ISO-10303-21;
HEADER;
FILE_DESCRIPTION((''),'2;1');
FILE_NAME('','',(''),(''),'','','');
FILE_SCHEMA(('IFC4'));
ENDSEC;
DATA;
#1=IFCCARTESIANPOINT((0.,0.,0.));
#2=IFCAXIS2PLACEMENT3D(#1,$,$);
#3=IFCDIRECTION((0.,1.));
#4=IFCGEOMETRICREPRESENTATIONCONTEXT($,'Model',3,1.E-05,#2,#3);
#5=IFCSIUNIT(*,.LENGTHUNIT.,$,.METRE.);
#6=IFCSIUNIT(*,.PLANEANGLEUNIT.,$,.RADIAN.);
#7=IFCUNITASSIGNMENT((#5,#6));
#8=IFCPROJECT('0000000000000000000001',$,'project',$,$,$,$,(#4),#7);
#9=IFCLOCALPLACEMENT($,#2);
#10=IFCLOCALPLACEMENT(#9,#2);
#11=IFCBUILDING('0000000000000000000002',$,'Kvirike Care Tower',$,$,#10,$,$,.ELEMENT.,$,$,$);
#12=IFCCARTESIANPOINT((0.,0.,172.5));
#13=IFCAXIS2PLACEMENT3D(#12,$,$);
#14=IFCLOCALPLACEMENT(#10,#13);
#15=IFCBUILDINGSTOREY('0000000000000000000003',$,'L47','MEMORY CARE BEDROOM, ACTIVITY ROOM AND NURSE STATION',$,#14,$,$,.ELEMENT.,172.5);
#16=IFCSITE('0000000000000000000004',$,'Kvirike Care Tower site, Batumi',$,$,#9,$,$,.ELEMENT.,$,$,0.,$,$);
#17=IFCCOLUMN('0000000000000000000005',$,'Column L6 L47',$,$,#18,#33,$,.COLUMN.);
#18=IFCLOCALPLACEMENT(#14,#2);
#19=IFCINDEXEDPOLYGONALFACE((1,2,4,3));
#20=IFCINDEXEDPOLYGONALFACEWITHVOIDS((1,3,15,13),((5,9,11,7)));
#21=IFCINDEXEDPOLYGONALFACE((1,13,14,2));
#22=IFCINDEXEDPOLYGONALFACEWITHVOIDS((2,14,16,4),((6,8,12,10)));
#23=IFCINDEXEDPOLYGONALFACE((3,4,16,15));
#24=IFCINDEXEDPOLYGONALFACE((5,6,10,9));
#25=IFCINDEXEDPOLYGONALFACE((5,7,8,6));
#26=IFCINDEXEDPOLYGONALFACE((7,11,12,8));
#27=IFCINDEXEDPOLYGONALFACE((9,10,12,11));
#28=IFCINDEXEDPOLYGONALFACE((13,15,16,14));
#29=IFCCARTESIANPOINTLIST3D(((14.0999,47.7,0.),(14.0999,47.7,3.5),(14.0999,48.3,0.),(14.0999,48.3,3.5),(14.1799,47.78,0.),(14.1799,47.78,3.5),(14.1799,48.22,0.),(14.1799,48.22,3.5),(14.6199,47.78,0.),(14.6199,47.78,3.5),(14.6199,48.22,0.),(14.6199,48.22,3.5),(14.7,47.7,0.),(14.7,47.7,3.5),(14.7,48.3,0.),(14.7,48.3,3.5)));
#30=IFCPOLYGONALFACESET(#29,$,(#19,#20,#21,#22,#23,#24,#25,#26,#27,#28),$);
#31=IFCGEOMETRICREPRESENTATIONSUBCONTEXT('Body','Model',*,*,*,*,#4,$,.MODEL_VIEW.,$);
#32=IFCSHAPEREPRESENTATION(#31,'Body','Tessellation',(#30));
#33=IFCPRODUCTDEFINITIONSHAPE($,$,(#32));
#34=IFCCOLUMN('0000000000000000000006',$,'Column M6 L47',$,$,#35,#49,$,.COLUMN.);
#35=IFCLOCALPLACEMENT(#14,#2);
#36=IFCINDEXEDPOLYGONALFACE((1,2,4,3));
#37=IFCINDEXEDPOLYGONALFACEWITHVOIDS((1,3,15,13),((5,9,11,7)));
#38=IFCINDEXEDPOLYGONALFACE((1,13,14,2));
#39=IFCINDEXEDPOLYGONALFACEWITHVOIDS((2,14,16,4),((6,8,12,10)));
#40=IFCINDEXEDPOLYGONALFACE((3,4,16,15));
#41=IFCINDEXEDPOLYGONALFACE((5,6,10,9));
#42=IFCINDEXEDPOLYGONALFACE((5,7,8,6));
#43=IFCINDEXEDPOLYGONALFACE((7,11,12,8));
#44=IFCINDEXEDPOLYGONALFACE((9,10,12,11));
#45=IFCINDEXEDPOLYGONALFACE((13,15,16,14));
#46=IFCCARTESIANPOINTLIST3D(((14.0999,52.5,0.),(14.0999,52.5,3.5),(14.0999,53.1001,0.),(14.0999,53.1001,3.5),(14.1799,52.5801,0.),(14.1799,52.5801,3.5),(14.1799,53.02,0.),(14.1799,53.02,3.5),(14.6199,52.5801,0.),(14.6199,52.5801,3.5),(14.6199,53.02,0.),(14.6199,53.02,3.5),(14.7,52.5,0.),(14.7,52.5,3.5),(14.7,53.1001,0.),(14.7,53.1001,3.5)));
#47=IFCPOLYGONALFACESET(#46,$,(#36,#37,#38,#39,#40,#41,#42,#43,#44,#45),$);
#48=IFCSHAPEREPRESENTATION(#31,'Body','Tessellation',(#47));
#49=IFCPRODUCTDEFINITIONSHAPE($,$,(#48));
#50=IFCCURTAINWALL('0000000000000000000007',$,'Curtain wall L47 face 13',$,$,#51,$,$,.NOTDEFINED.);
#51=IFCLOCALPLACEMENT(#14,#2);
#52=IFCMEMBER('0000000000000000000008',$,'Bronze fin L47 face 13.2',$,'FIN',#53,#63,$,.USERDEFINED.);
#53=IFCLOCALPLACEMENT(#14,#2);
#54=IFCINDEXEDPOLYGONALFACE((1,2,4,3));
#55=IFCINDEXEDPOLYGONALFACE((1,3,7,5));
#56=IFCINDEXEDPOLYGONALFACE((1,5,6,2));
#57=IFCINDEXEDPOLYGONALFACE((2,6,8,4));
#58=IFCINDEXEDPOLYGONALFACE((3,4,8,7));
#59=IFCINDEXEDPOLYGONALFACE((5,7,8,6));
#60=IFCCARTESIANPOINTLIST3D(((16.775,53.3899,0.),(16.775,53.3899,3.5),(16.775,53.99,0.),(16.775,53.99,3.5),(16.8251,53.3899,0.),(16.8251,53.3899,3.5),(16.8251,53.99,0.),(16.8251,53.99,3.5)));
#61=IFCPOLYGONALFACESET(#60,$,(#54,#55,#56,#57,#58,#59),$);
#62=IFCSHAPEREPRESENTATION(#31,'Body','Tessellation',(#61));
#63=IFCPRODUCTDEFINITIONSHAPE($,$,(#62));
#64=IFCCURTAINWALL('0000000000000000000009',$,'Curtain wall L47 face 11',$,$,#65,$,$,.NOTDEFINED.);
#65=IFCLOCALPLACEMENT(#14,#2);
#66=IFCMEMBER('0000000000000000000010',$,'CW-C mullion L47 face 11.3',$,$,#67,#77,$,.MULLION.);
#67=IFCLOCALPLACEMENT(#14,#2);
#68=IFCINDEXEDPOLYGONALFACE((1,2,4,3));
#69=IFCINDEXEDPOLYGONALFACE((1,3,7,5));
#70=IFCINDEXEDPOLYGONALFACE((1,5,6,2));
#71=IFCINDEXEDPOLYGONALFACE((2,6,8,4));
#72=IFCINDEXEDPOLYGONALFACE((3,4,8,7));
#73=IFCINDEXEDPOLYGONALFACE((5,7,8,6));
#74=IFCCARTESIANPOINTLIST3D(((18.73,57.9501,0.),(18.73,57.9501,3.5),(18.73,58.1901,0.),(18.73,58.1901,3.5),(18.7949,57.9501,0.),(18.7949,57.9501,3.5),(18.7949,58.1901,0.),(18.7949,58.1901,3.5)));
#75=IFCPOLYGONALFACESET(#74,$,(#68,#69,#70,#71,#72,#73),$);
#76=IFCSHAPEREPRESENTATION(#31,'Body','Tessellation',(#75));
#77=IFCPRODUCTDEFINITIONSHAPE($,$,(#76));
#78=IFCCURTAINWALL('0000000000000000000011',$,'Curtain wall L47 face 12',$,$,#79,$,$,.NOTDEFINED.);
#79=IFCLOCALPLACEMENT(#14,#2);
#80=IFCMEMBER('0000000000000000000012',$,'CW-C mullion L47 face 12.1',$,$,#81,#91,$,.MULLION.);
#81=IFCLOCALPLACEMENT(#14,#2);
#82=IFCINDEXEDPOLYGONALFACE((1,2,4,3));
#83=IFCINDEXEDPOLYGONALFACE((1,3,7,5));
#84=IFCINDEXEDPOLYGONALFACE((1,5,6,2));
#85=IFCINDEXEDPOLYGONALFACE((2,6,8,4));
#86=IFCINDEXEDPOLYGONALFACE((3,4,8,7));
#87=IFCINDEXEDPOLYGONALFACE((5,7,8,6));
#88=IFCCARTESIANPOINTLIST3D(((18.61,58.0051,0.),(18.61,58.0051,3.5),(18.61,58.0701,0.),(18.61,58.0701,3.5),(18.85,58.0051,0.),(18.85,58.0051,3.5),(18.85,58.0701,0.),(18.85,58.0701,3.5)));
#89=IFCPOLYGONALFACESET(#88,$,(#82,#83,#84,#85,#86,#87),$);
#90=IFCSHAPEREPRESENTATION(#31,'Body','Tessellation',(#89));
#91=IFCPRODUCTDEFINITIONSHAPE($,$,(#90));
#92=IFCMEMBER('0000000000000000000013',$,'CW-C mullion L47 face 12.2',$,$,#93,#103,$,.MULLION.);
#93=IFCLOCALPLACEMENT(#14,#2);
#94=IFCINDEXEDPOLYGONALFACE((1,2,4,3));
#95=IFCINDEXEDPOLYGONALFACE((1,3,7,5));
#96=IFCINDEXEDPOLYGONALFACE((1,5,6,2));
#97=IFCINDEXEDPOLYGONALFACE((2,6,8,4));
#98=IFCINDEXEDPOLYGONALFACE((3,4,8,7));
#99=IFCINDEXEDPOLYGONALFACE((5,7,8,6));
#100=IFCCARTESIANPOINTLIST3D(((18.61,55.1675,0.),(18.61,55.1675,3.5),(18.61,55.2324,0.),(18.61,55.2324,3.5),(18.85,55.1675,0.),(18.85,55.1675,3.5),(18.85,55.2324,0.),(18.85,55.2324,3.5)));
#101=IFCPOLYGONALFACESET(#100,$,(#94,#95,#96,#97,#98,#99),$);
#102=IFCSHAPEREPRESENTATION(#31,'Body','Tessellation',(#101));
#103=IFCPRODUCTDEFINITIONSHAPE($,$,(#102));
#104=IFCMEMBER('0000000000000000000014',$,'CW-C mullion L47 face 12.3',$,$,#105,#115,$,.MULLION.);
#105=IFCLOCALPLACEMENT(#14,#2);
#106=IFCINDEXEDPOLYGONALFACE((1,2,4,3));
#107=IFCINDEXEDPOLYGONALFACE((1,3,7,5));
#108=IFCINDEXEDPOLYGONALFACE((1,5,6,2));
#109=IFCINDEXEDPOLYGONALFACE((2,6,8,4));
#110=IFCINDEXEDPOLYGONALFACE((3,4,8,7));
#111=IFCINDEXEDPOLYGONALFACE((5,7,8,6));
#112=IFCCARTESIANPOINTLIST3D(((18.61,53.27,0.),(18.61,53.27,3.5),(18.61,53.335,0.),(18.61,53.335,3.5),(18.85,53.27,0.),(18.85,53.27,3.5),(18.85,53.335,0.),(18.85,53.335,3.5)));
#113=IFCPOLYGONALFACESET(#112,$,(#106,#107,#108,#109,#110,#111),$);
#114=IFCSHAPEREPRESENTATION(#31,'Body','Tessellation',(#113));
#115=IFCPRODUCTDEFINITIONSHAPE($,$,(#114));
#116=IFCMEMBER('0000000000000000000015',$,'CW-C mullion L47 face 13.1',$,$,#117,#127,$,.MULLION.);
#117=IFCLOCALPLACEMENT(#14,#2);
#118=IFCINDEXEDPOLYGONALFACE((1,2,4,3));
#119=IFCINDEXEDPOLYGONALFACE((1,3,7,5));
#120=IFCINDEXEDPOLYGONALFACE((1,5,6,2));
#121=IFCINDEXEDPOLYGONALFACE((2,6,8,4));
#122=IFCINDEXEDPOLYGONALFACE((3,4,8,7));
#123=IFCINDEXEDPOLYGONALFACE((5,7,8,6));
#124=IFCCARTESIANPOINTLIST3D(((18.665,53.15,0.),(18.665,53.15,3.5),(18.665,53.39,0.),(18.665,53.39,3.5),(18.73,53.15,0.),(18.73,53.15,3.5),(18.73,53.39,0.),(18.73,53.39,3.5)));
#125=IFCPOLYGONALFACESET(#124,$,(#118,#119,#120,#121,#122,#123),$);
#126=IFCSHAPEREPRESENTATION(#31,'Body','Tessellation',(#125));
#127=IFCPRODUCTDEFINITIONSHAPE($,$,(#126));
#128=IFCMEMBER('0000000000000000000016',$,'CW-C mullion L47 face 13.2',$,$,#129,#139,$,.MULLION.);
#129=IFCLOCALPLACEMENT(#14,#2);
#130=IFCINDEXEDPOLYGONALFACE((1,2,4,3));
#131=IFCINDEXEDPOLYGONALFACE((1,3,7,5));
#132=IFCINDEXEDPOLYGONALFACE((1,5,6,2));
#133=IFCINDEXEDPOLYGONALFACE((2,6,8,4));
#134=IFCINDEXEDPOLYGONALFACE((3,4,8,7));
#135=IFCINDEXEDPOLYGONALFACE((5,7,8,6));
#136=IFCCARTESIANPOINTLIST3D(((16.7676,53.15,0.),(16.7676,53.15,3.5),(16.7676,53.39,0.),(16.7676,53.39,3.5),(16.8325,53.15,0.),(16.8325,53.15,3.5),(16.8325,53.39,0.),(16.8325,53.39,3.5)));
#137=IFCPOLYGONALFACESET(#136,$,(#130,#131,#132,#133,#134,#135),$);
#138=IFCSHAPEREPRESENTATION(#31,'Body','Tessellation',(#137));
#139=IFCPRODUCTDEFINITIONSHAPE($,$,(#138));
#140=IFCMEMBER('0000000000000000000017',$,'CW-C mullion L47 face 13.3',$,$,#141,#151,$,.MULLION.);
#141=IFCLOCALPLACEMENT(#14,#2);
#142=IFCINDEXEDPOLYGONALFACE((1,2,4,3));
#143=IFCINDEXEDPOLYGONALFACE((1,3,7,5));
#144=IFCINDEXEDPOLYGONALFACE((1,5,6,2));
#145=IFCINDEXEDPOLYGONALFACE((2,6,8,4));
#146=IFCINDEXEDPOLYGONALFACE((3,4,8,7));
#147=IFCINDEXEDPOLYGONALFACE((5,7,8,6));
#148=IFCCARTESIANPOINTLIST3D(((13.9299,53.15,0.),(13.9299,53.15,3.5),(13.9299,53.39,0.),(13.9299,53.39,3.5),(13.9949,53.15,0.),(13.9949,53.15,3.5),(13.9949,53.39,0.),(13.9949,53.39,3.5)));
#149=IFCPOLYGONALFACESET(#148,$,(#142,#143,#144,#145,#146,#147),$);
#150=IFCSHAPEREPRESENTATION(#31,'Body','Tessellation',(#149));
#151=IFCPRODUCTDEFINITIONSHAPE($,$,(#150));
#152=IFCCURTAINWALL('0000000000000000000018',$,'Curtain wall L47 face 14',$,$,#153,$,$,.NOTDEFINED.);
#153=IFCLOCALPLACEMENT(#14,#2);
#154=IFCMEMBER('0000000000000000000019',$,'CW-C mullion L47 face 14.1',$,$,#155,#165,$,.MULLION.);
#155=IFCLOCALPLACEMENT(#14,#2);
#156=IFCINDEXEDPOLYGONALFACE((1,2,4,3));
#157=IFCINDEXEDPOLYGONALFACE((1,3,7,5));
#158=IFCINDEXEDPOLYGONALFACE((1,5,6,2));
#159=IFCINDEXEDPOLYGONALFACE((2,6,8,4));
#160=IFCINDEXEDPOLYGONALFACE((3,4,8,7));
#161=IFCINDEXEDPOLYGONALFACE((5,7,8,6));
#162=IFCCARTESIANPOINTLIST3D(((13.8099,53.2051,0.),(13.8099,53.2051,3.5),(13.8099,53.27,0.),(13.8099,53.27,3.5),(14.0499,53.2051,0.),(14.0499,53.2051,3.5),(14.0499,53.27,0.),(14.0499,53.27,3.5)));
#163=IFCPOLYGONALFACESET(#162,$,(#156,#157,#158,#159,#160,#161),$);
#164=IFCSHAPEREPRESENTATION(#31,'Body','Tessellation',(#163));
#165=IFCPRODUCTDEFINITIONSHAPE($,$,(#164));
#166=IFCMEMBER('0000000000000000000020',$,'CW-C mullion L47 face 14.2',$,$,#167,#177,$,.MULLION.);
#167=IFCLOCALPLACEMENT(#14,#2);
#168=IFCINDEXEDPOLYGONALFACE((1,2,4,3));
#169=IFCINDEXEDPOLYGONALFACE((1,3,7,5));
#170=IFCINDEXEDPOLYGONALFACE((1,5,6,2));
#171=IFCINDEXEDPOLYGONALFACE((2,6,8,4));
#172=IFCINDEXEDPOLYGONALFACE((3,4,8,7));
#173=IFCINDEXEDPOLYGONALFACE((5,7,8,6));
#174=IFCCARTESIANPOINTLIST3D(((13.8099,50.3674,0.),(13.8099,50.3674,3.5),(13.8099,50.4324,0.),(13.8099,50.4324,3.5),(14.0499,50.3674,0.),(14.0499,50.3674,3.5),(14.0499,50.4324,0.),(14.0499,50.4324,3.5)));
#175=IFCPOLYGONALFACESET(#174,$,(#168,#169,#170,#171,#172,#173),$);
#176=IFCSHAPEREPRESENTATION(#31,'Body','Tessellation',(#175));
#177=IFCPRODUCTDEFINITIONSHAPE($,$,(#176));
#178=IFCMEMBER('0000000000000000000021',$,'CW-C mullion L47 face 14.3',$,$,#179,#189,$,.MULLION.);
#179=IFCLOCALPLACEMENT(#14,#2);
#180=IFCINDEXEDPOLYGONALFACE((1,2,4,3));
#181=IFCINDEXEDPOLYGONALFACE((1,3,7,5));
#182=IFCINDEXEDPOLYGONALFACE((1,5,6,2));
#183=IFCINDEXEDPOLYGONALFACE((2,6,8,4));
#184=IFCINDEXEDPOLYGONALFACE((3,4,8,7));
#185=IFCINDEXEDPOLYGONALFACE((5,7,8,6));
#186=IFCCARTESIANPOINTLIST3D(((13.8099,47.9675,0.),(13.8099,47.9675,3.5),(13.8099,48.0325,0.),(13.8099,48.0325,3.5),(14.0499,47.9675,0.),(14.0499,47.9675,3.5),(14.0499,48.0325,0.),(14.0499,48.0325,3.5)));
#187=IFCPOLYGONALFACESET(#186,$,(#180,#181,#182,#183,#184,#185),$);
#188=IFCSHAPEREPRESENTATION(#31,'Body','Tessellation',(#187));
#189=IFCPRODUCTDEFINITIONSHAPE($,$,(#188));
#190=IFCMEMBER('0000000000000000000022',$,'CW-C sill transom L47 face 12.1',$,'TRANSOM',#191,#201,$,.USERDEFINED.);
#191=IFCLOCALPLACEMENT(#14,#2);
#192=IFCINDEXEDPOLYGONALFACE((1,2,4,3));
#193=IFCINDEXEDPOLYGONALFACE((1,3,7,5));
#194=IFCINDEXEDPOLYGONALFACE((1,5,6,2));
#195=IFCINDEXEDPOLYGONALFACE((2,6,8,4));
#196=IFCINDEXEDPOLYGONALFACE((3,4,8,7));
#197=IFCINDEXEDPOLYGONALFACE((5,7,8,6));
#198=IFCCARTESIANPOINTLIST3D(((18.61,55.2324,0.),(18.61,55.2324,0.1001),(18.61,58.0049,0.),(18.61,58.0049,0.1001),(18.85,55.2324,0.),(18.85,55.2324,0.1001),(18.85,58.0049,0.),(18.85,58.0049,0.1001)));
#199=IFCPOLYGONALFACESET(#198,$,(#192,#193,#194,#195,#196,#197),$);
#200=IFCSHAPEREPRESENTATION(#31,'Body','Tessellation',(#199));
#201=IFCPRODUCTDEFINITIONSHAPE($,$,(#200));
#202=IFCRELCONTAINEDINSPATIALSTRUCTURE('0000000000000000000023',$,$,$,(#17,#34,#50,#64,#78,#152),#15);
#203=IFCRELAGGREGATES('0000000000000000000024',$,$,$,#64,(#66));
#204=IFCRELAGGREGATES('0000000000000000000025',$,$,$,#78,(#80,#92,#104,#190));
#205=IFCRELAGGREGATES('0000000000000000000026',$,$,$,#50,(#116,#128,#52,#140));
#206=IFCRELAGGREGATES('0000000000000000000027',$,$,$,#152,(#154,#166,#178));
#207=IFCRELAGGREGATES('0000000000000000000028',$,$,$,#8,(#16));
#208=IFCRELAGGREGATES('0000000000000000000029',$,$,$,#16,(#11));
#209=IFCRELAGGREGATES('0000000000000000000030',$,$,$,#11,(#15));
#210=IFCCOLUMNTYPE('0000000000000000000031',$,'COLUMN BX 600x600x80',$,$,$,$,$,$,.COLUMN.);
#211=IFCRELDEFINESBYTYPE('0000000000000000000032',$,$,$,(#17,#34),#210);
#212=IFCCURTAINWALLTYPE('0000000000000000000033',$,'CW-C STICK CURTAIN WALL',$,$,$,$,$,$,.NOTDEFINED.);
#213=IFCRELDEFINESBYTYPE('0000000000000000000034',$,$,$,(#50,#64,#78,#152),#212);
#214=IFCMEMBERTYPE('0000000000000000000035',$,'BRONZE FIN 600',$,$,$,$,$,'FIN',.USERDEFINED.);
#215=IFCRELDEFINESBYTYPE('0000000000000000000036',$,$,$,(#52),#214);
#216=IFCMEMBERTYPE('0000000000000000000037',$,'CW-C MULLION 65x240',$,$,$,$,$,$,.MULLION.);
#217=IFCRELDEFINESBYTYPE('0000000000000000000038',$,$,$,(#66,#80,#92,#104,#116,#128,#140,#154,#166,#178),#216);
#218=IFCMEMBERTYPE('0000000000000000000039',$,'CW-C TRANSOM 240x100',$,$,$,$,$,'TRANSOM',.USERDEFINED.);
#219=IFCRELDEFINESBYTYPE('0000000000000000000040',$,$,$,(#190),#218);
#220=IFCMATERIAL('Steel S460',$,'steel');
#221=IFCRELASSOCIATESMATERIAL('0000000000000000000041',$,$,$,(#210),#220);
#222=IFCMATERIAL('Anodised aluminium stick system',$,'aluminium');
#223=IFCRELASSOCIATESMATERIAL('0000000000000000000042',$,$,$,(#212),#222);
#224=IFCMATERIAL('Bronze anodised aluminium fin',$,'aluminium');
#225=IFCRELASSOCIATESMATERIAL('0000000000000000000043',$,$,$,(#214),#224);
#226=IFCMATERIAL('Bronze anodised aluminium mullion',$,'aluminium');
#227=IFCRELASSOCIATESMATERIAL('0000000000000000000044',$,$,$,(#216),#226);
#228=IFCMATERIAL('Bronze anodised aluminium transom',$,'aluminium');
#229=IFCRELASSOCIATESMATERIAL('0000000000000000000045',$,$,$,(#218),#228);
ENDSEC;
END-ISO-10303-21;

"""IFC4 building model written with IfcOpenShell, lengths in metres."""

from ifc_helpers import new_model, si_unit, direction, frame, origin, origin_2d, place, context, subcontext, project, spatial, rectangle, hollow_rectangle, extrude, material, material_profile, profile_set, type_object, element, aggregate, save


model = new_model("IFC4")

# Units and contexts
model_context = context("Model", 3, precision=1e-05, world=origin(), true_north=direction((0.0, 1.0)))
body_context = subcontext(model_context, "Body", "Model", "MODEL_VIEW")
ifc_project = project(units=[si_unit("LENGTHUNIT", "METRE"), si_unit("PLANEANGLEUNIT", "RADIAN")], contexts=[model_context])

# Site, building, storey
site_placement = place(None, origin())
site = spatial("IfcSite", under=ifc_project, at=site_placement, Name="Kvirike Care Tower site, Batumi", CompositionType="ELEMENT", RefElevation=0.0)
building_placement = place(site_placement, origin())
building = spatial("IfcBuilding", under=site, at=building_placement, Name="Kvirike Care Tower", CompositionType="ELEMENT")
storey_placement = place(building_placement, frame((0.0, 0.0, 172.5)))
storey = spatial("IfcBuildingStorey", under=building, at=storey_placement, Name="L47", Description="MEMORY CARE BEDROOM, ACTIVITY ROOM AND NURSE STATION", CompositionType="ELEMENT", Elevation=172.5)

# Columns
ifc_material_1 = material(Name="Steel S460", Category="steel")
ifc_material_profile_1 = material_profile(ifc_material_1, hollow_rectangle(XDim=0.6001, YDim=0.6001, WallThickness=0.0801, at=origin_2d()), Name="BX 600x600x80")
ifc_profile_set_1 = profile_set([ifc_material_profile_1], Name="Steel S460")
column_type = type_object("IfcColumnType", Name="COLUMN BX 600x600x80", PredefinedType="COLUMN", material=ifc_profile_set_1)
for number, where, z_axis, x_axis, name in (
    (1, (14.3999, 48.0, 0.0), (0.0, 0.0, 1.0), (1.0, 0.0, 0.0), "Column L6 L47"),
    (2, (14.3999, 52.8, 0.0), (0.0, 0.0, 1.0), (0.0, 1.0, 0.0), "Column M6 L47"),
):
    element("IfcColumn", number, at=place(storey_placement, frame(where, z_axis=z_axis, x_axis=x_axis)), inside=storey, type_object=column_type, Name=name, PredefinedType="COLUMN", context=body_context, shape_type="SweptSolid", body=[
        extrude(hollow_rectangle(XDim=0.6001, YDim=0.6001, WallThickness=0.0801, at=origin_2d()), origin(), (0.0, 0.0, 1.0), 3.5),
    ])

# Curtain walls, members
ifc_material_2 = material(Name="Anodised aluminium stick system", Category="aluminium")
curtain_wall_type = type_object("IfcCurtainWallType", Name="CW-C STICK CURTAIN WALL", PredefinedType="NOTDEFINED", material=ifc_material_2)
curtain_wall_1_placement = place(storey_placement, origin())
curtain_wall_1 = element("IfcCurtainWall", 3, at=curtain_wall_1_placement, inside=storey, type_object=curtain_wall_type, Name="Curtain wall L47 face 13", PredefinedType="NOTDEFINED")
ifc_material_3 = material(Name="Bronze anodised aluminium fin", Category="aluminium")
ifc_material_profile_2 = material_profile(ifc_material_3, rectangle(XDim=0.05, YDim=0.6001, at=origin_2d()), Name="BRONZE FIN 600")
ifc_profile_set_2 = profile_set([ifc_material_profile_2], Name="Bronze anodised aluminium fin")
member_type_1 = type_object("IfcMemberType", Name="BRONZE FIN 600", ElementType="FIN", PredefinedType="USERDEFINED", material=ifc_profile_set_2)
member_1_placement = place(storey_placement, frame((16.8, 53.6899, 0.0), z_axis=(0.0, 0.0, 1.0), x_axis=(-1.0, 0.0, 0.0)))
member_1 = element("IfcMember", 4, at=member_1_placement, type_object=member_type_1, Name="Bronze fin L47 face 13.2", ObjectType="FIN", PredefinedType="USERDEFINED", context=body_context, shape_type="SweptSolid", body=[
    extrude(rectangle(XDim=0.05, YDim=0.6001, at=origin_2d()), origin(), (0.0, 0.0, 1.0), 3.5),
])
curtain_wall_2_placement = place(storey_placement, origin())
curtain_wall_2 = element("IfcCurtainWall", 5, at=curtain_wall_2_placement, inside=storey, type_object=curtain_wall_type, Name="Curtain wall L47 face 11", PredefinedType="NOTDEFINED")
ifc_material_4 = material(Name="Bronze anodised aluminium mullion", Category="aluminium")
ifc_material_profile_3 = material_profile(ifc_material_4, rectangle(XDim=0.0649, YDim=0.24, at=origin_2d()), Name="CW-C MULLION 65x240")
ifc_profile_set_3 = profile_set([ifc_material_profile_3], Name="Bronze anodised aluminium mullion")
member_type_2 = type_object("IfcMemberType", Name="CW-C MULLION 65x240", PredefinedType="MULLION", material=ifc_profile_set_3)
member_2_placement = place(storey_placement, frame((18.7625, 58.0701, 0.0), z_axis=(0.0, 0.0, 1.0), x_axis=(-1.0, 0.0, 0.0)))
member_2 = element("IfcMember", 6, at=member_2_placement, type_object=member_type_2, Name="CW-C mullion L47 face 11.3", PredefinedType="MULLION", context=body_context, shape_type="SweptSolid", body=[
    extrude(rectangle(XDim=0.0649, YDim=0.24, at=origin_2d()), origin(), (0.0, 0.0, 1.0), 3.5),
])
aggregate(curtain_wall_2, [member_2])

# Curtain wall, members
curtain_wall_3_placement = place(storey_placement, origin())
curtain_wall_3 = element("IfcCurtainWall", 7, at=curtain_wall_3_placement, inside=storey, type_object=curtain_wall_type, Name="Curtain wall L47 face 12", PredefinedType="NOTDEFINED")
member_3_placement = place(storey_placement, frame((18.73, 58.0376, 0.0), z_axis=(0.0, 0.0, 1.0), x_axis=(0.0, -1.0, 0.0)))
member_3 = element("IfcMember", 8, at=member_3_placement, type_object=member_type_2, Name="CW-C mullion L47 face 12.1", PredefinedType="MULLION", context=body_context, shape_type="SweptSolid", body=[
    extrude(rectangle(XDim=0.0649, YDim=0.24, at=origin_2d()), origin(), (0.0, 0.0, 1.0), 3.5),
])
member_4_placement = place(storey_placement, frame((18.73, 55.2, 0.0), z_axis=(0.0, 0.0, 1.0), x_axis=(0.0, -1.0, 0.0)))
member_4 = element("IfcMember", 9, at=member_4_placement, type_object=member_type_2, Name="CW-C mullion L47 face 12.2", PredefinedType="MULLION", context=body_context, shape_type="SweptSolid", body=[
    extrude(rectangle(XDim=0.0649, YDim=0.24, at=origin_2d()), origin(), (0.0, 0.0, 1.0), 3.5),
])
member_5_placement = place(storey_placement, frame((18.73, 53.3025, 0.0), z_axis=(0.0, 0.0, 1.0), x_axis=(0.0, -1.0, 0.0)))
member_5 = element("IfcMember", 10, at=member_5_placement, type_object=member_type_2, Name="CW-C mullion L47 face 12.3", PredefinedType="MULLION", context=body_context, shape_type="SweptSolid", body=[
    extrude(rectangle(XDim=0.0649, YDim=0.24, at=origin_2d()), origin(), (0.0, 0.0, 1.0), 3.5),
])

# Members
member_6_placement = place(storey_placement, frame((18.6975, 53.27, 0.0), z_axis=(0.0, 0.0, 1.0), x_axis=(-1.0, 0.0, 0.0)))
member_6 = element("IfcMember", 11, at=member_6_placement, type_object=member_type_2, Name="CW-C mullion L47 face 13.1", PredefinedType="MULLION", context=body_context, shape_type="SweptSolid", body=[
    extrude(rectangle(XDim=0.0649, YDim=0.24, at=origin_2d()), origin(), (0.0, 0.0, 1.0), 3.5),
])
member_7_placement = place(storey_placement, frame((16.8, 53.27, 0.0), z_axis=(0.0, 0.0, 1.0), x_axis=(-1.0, 0.0, 0.0)))
member_7 = element("IfcMember", 12, at=member_7_placement, type_object=member_type_2, Name="CW-C mullion L47 face 13.2", PredefinedType="MULLION", context=body_context, shape_type="SweptSolid", body=[
    extrude(rectangle(XDim=0.0649, YDim=0.24, at=origin_2d()), origin(), (0.0, 0.0, 1.0), 3.5),
])
member_8_placement = place(storey_placement, frame((13.9624, 53.27, 0.0), z_axis=(0.0, 0.0, 1.0), x_axis=(-1.0, 0.0, 0.0)))
member_8 = element("IfcMember", 13, at=member_8_placement, type_object=member_type_2, Name="CW-C mullion L47 face 13.3", PredefinedType="MULLION", context=body_context, shape_type="SweptSolid", body=[
    extrude(rectangle(XDim=0.0649, YDim=0.24, at=origin_2d()), origin(), (0.0, 0.0, 1.0), 3.5),
])

# Curtain wall, members
curtain_wall_4_placement = place(storey_placement, origin())
curtain_wall_4 = element("IfcCurtainWall", 14, at=curtain_wall_4_placement, inside=storey, type_object=curtain_wall_type, Name="Curtain wall L47 face 14", PredefinedType="NOTDEFINED")
member_9_placement = place(storey_placement, frame((13.9299, 53.2375, 0.0), z_axis=(0.0, 0.0, 1.0), x_axis=(0.0, -1.0, 0.0)))
member_9 = element("IfcMember", 15, at=member_9_placement, type_object=member_type_2, Name="CW-C mullion L47 face 14.1", PredefinedType="MULLION", context=body_context, shape_type="SweptSolid", body=[
    extrude(rectangle(XDim=0.0649, YDim=0.24, at=origin_2d()), origin(), (0.0, 0.0, 1.0), 3.5),
])
member_10_placement = place(storey_placement, frame((13.9299, 50.3999, 0.0), z_axis=(0.0, 0.0, 1.0), x_axis=(0.0, -1.0, 0.0)))
member_10 = element("IfcMember", 16, at=member_10_placement, type_object=member_type_2, Name="CW-C mullion L47 face 14.2", PredefinedType="MULLION", context=body_context, shape_type="SweptSolid", body=[
    extrude(rectangle(XDim=0.0649, YDim=0.24, at=origin_2d()), origin(), (0.0, 0.0, 1.0), 3.5),
])
member_11_placement = place(storey_placement, frame((13.9299, 48.0, 0.0), z_axis=(0.0, 0.0, 1.0), x_axis=(0.0, -1.0, 0.0)))
member_11 = element("IfcMember", 17, at=member_11_placement, type_object=member_type_2, Name="CW-C mullion L47 face 14.3", PredefinedType="MULLION", context=body_context, shape_type="SweptSolid", body=[
    extrude(rectangle(XDim=0.0649, YDim=0.24, at=origin_2d()), origin(), (0.0, 0.0, 1.0), 3.5),
])

# Member
ifc_material_5 = material(Name="Bronze anodised aluminium transom", Category="aluminium")
ifc_material_profile_4 = material_profile(ifc_material_5, rectangle(XDim=0.24, YDim=0.1001, at=origin_2d()), Name="CW-C TRANSOM 240x100")
ifc_profile_set_4 = profile_set([ifc_material_profile_4], Name="Bronze anodised aluminium transom")
member_type_3 = type_object("IfcMemberType", Name="CW-C TRANSOM 240x100", ElementType="TRANSOM", PredefinedType="USERDEFINED", material=ifc_profile_set_4)
member_12_placement = place(storey_placement, frame((18.73, 58.0049, 0.05), z_axis=(0.0, -1.0, 0.0), x_axis=(1.0, 0.0, 0.0)))
member_12 = element("IfcMember", 18, at=member_12_placement, type_object=member_type_3, Name="CW-C sill transom L47 face 12.1", ObjectType="TRANSOM", PredefinedType="USERDEFINED", context=body_context, shape_type="SweptSolid", body=[
    extrude(rectangle(XDim=0.24, YDim=0.1001, at=origin_2d()), origin(), (0.0, 0.0, 1.0), 2.7725),
])

aggregate(curtain_wall_3, [member_3, member_4, member_5, member_12])
aggregate(curtain_wall_1, [member_6, member_7, member_1, member_8])
aggregate(curtain_wall_4, [member_9, member_10, member_11])

save(model, "model.ifc")
